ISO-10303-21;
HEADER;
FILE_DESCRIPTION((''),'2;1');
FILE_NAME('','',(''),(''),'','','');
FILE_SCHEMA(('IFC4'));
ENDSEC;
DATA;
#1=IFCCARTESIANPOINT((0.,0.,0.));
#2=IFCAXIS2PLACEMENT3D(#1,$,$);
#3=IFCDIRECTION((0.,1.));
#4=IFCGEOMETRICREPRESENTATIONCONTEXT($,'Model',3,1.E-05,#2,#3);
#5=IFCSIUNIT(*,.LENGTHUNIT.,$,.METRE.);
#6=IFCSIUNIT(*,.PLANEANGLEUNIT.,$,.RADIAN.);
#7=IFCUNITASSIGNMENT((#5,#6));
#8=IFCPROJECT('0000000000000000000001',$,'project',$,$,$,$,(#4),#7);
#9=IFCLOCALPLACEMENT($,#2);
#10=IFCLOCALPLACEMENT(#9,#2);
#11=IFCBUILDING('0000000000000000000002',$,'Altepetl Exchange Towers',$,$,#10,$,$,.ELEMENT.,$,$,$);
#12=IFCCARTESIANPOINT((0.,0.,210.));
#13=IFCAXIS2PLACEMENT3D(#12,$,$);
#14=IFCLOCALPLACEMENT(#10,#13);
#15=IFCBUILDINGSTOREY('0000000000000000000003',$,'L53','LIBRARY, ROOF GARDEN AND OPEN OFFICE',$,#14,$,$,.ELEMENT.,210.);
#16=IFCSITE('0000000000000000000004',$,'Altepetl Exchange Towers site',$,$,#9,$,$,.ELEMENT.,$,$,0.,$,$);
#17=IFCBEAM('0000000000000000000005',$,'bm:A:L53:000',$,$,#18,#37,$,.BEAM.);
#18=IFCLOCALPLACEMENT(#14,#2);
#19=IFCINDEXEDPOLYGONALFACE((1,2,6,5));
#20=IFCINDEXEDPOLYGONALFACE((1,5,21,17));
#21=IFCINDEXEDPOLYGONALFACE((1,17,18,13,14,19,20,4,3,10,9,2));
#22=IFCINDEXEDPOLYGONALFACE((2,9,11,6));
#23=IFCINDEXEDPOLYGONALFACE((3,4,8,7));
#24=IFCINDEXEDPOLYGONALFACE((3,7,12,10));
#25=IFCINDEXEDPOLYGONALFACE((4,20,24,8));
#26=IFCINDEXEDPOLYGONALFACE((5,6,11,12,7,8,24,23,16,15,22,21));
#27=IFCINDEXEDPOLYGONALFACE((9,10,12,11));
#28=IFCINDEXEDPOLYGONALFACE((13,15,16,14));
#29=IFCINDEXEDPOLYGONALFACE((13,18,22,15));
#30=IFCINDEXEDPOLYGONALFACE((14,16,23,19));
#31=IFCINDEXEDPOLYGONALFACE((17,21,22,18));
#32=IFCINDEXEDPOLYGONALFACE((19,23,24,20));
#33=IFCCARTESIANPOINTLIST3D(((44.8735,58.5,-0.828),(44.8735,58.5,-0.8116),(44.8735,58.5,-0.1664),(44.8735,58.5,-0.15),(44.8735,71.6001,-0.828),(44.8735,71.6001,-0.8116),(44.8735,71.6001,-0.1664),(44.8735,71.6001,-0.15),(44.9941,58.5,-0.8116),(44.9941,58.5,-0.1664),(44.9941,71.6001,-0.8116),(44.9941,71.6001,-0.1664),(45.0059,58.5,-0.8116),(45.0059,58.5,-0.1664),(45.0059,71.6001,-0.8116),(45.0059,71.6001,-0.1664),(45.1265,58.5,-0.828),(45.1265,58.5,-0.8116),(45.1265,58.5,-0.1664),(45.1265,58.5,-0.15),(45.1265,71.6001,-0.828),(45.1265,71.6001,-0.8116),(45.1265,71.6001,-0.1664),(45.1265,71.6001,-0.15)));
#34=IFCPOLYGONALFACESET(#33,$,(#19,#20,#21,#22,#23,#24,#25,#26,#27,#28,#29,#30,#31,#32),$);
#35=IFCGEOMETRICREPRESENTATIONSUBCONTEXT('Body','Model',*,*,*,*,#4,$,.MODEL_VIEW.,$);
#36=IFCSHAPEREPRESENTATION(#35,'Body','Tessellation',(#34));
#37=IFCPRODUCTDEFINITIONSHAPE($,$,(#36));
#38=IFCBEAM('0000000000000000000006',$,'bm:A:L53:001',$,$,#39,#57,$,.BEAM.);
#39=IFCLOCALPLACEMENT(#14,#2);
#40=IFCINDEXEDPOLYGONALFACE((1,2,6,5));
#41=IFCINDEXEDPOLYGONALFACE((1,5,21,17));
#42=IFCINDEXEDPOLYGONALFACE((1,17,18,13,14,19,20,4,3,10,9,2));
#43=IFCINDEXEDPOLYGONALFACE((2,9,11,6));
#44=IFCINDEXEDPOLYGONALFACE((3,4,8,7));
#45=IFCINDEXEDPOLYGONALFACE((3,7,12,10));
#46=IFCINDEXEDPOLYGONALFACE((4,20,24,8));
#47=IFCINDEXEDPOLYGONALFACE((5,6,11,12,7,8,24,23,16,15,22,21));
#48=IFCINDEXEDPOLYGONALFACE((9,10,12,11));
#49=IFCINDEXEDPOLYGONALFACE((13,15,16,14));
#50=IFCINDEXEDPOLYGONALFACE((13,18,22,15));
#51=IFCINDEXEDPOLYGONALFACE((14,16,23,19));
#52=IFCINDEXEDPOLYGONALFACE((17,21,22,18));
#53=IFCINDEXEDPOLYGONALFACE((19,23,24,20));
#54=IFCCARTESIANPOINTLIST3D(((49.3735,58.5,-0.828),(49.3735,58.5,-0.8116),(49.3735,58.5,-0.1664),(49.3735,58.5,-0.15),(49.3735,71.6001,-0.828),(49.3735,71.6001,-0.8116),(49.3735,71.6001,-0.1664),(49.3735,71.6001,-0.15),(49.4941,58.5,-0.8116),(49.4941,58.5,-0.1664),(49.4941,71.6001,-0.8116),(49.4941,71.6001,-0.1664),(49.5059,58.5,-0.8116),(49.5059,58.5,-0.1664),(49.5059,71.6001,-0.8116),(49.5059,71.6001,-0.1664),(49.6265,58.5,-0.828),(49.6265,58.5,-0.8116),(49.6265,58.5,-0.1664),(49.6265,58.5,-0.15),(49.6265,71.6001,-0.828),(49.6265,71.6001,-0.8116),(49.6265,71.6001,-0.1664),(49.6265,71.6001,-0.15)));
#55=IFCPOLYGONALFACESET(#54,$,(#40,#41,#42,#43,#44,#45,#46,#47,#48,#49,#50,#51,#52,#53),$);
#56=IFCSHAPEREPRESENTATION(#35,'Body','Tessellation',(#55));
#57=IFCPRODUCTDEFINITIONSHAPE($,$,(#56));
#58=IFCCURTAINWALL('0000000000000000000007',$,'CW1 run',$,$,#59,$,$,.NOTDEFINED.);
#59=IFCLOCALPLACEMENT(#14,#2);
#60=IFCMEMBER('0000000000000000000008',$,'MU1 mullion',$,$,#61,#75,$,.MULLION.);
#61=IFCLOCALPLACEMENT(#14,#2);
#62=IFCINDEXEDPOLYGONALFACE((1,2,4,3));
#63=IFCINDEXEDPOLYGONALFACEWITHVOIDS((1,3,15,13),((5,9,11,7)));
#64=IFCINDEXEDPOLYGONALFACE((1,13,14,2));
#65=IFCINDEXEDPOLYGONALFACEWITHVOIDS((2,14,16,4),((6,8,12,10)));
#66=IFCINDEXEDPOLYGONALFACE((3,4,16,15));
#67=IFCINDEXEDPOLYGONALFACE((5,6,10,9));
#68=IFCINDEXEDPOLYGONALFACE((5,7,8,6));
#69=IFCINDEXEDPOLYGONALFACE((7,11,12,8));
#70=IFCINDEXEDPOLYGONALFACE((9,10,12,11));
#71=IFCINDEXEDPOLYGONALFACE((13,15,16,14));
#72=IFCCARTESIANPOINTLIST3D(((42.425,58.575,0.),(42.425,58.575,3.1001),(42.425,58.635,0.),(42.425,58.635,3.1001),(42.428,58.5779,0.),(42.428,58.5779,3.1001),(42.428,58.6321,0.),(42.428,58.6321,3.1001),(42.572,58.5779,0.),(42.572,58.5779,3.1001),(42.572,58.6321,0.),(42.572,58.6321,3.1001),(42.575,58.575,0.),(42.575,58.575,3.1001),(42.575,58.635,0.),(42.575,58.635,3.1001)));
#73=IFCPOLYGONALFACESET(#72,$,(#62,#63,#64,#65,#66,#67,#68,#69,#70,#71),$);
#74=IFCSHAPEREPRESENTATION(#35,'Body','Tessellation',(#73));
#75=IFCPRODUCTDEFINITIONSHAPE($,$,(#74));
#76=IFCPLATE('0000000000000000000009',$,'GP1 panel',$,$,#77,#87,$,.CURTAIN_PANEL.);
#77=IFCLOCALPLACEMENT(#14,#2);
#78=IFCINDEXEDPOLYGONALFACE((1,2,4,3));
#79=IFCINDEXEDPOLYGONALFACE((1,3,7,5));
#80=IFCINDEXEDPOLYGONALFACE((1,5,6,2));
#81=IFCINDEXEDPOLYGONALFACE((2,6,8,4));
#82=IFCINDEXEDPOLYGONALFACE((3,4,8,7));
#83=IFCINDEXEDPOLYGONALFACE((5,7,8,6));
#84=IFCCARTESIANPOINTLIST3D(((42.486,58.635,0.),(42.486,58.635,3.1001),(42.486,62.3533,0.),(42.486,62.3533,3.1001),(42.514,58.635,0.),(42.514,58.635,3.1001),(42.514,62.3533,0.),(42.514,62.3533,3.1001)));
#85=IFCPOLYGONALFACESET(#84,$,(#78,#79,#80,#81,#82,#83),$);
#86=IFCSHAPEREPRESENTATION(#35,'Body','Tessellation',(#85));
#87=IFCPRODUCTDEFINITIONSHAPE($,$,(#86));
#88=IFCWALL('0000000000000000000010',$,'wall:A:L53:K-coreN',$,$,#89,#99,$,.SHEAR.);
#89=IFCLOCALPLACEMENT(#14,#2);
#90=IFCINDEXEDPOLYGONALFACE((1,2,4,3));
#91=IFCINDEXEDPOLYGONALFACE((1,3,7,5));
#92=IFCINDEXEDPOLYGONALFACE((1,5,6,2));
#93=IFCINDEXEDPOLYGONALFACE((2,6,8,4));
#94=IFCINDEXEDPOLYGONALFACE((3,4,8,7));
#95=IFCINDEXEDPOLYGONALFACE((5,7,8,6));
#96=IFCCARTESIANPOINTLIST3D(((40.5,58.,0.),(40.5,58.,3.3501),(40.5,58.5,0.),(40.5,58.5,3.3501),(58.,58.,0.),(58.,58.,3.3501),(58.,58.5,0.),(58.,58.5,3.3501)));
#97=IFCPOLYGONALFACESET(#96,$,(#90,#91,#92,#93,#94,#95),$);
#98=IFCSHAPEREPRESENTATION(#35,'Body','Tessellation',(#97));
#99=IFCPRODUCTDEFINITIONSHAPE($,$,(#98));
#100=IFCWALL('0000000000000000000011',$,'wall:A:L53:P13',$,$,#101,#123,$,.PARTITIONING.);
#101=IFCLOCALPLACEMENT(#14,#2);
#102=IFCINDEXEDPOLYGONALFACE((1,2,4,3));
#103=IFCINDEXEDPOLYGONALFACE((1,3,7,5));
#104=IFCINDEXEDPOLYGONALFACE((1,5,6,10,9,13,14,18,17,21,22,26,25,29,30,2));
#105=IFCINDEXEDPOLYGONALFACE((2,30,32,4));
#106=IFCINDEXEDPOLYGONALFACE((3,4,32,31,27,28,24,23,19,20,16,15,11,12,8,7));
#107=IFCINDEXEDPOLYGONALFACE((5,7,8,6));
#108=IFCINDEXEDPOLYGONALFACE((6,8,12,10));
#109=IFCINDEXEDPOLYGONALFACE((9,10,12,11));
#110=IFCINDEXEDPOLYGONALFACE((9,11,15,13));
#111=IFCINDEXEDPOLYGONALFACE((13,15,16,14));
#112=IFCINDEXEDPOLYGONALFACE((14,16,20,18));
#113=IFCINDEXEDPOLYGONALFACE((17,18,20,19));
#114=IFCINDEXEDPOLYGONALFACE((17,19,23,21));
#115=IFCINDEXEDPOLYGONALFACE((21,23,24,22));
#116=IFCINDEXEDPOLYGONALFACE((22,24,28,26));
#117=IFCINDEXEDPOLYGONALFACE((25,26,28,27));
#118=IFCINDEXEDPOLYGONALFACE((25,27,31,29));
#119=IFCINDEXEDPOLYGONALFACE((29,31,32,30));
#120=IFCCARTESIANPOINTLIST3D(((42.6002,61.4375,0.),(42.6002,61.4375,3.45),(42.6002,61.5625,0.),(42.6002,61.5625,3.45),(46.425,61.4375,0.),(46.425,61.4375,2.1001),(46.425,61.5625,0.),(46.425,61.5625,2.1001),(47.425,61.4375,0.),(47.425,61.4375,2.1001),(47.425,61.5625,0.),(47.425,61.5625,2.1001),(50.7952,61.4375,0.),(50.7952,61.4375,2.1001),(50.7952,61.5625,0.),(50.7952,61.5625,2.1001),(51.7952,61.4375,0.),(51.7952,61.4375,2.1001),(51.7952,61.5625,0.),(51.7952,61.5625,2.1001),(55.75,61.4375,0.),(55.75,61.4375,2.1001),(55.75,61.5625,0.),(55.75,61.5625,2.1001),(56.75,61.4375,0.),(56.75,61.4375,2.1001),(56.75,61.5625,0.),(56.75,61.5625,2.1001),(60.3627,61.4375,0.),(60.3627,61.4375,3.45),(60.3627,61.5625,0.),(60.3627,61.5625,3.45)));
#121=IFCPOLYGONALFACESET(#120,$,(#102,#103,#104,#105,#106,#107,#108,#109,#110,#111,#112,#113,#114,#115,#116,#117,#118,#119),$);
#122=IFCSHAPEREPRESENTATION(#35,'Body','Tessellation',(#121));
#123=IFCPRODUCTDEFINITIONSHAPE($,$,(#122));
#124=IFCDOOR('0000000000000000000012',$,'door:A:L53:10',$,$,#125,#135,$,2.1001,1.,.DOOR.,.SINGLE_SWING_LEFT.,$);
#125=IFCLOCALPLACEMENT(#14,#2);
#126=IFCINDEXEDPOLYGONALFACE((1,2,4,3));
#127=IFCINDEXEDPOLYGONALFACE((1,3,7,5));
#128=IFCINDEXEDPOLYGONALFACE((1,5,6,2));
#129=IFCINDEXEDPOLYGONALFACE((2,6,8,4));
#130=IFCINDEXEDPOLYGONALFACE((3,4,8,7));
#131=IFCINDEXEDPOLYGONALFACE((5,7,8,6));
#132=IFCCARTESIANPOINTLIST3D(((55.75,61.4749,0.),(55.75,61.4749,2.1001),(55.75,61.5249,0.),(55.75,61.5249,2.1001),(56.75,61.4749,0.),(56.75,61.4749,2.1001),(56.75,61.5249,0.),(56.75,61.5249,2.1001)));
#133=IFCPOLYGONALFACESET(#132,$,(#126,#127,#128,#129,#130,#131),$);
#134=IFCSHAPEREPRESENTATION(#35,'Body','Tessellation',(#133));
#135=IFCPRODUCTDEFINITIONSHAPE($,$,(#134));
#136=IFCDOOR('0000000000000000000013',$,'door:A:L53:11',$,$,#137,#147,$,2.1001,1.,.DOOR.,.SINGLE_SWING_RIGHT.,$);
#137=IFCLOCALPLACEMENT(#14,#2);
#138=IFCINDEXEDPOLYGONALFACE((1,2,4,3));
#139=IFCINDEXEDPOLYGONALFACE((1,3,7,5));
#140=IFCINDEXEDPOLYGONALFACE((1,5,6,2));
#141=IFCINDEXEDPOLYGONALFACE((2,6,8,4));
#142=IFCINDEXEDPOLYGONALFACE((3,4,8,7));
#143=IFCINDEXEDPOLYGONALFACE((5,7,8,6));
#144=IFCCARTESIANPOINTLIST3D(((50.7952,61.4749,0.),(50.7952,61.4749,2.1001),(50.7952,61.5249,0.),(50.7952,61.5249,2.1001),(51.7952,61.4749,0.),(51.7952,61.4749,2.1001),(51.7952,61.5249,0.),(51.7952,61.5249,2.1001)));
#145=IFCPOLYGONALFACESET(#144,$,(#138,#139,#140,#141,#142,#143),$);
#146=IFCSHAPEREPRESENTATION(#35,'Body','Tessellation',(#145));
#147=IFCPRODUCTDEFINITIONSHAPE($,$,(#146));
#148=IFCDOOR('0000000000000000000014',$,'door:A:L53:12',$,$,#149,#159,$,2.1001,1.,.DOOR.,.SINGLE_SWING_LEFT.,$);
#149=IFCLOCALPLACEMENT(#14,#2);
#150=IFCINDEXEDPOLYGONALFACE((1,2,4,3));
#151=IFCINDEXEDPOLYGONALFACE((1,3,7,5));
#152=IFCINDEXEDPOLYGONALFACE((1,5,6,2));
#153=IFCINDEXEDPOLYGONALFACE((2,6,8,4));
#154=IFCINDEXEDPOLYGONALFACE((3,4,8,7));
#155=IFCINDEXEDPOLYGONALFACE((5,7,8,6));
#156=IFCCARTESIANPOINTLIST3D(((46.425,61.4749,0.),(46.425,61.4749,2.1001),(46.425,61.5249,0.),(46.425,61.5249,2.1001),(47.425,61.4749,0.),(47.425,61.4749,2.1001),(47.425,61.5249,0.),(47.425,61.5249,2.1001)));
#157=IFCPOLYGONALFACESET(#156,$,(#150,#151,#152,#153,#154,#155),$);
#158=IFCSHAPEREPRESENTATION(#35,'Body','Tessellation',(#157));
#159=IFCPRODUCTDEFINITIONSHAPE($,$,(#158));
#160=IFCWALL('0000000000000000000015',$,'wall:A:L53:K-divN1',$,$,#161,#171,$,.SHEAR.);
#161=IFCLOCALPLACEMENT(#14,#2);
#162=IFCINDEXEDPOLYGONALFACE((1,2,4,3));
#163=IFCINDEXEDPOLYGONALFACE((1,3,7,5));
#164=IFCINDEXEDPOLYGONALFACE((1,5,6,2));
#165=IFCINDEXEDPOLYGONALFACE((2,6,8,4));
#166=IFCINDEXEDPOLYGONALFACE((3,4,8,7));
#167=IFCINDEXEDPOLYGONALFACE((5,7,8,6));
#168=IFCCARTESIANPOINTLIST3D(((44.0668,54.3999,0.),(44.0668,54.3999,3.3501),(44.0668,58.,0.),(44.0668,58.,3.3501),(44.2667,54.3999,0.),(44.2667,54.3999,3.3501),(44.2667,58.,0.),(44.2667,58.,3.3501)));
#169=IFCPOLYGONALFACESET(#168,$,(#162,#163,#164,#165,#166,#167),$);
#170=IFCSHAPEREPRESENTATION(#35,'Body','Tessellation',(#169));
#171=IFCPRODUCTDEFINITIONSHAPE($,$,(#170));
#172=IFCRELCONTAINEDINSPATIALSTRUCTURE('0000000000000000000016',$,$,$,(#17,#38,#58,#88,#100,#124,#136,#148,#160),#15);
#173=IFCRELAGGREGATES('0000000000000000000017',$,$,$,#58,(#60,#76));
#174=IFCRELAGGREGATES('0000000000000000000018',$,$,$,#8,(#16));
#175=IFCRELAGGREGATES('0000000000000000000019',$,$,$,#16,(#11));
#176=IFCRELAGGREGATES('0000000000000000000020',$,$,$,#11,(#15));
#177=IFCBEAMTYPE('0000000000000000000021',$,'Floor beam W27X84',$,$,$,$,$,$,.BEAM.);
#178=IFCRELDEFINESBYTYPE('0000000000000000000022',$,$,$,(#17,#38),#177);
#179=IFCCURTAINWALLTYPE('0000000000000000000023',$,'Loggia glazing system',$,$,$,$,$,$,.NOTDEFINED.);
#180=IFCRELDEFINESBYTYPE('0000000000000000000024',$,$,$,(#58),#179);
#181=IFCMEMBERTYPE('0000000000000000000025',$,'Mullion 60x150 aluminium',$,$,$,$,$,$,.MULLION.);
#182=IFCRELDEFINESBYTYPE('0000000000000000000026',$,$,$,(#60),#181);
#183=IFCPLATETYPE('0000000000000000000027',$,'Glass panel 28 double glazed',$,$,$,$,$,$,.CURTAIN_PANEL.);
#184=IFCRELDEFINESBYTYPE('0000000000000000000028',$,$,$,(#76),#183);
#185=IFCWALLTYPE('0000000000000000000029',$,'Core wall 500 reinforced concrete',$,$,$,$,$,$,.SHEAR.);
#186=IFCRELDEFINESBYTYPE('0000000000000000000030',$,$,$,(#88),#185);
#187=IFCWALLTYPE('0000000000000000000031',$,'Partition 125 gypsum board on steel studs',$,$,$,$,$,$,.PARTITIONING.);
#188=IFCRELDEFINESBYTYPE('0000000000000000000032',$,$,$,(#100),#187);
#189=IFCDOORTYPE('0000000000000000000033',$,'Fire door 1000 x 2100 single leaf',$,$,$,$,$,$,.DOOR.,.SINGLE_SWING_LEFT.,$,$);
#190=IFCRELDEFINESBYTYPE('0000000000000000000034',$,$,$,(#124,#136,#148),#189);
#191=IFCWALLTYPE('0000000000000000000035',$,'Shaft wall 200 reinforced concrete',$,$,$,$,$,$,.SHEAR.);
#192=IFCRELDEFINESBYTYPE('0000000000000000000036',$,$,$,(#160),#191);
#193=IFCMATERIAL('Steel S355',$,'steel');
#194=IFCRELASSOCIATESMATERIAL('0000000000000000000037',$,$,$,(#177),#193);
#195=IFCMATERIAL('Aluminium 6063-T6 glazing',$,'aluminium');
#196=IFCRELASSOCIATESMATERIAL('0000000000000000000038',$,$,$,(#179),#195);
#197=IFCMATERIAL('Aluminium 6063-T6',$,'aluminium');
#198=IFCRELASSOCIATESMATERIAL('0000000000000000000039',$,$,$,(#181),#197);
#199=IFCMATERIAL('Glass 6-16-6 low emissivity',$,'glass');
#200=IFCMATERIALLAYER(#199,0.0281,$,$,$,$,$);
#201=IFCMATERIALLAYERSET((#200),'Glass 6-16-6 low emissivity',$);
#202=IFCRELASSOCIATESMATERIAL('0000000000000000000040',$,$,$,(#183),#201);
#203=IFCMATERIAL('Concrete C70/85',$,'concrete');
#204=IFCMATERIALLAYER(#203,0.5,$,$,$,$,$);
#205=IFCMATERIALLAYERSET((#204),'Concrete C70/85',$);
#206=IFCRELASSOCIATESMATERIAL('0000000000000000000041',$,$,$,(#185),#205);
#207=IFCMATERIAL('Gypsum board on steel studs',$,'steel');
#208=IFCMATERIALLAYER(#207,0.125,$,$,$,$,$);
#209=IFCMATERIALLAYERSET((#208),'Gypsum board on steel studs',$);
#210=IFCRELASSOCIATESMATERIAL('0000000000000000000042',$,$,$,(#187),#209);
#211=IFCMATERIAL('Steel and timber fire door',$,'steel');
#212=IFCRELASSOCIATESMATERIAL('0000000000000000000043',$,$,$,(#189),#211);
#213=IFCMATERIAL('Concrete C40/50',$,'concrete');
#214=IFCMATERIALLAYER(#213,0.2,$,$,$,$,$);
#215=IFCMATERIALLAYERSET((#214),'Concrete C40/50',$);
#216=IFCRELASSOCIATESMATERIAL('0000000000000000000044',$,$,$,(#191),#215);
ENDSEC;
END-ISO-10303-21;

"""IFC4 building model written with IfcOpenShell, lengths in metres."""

from ifc_helpers import new_model, si_unit, direction, frame, frame_2d, origin, origin_2d, place, context, subcontext, project, spatial, rectangle, hollow_rectangle, i_section, extrude, material, layer, layer_set, material_profile, profile_set, type_object, element, fill, aggregate, save


model = new_model("IFC4")

# Units and contexts
model_context = context("Model", 3, precision=1e-05, world=origin(), true_north=direction((0.0, 1.0)))
body_context = subcontext(model_context, "Body", "Model", "MODEL_VIEW")
ifc_project = project(units=[si_unit("LENGTHUNIT", "METRE"), si_unit("PLANEANGLEUNIT", "RADIAN")], contexts=[model_context])

# Site, building, storey
site_placement = place(None, origin())
site = spatial("IfcSite", under=ifc_project, at=site_placement, Name="Altepetl Exchange Towers site", CompositionType="ELEMENT", RefElevation=0.0)
building_placement = place(site_placement, origin())
building = spatial("IfcBuilding", under=site, at=building_placement, Name="Altepetl Exchange Towers", CompositionType="ELEMENT")
storey_placement = place(building_placement, frame((0.0, 0.0, 210.0)))
storey = spatial("IfcBuildingStorey", under=building, at=storey_placement, Name="L53", Description="LIBRARY, ROOF GARDEN AND OPEN OFFICE", CompositionType="ELEMENT", Elevation=210.0)

# Beams
ifc_material_1 = material(Name="Steel S355", Category="steel")
ifc_material_profile_1 = material_profile(ifc_material_1, i_section(OverallWidth=0.2529, OverallDepth=0.678, WebThickness=0.0117, FlangeThickness=0.0164, at=origin_2d()), Name="W27X84")
ifc_profile_set_1 = profile_set([ifc_material_profile_1], Name="Steel S355")
beam_type = type_object("IfcBeamType", Name="Floor beam W27X84", PredefinedType="BEAM", material=ifc_profile_set_1)
for number, where, z_axis, x_axis, name in (
    (1, (45.0, 58.5, -0.489), (0.0, 1.0, 0.0), (-1.0, 0.0, 0.0), "bm:A:L53:000"),
    (2, (49.5, 58.5, -0.489), (0.0, 1.0, 0.0), (-1.0, 0.0, 0.0), "bm:A:L53:001"),
):
    element("IfcBeam", number, at=place(storey_placement, frame(where, z_axis=z_axis, x_axis=x_axis)), inside=storey, type_object=beam_type, Name=name, PredefinedType="BEAM", context=body_context, shape_type="SweptSolid", body=[
        extrude(i_section(OverallWidth=0.2529, OverallDepth=0.678, WebThickness=0.0117, FlangeThickness=0.0164, at=origin_2d()), origin(), (0.0, 0.0, 1.0), 13.1001),
    ])

# Curtain wall, member, plate
ifc_material_2 = material(Name="Aluminium 6063-T6 glazing", Category="aluminium")
curtain_wall_type = type_object("IfcCurtainWallType", Name="Loggia glazing system", PredefinedType="NOTDEFINED", material=ifc_material_2)
curtain_wall_placement = place(storey_placement, origin())
curtain_wall = element("IfcCurtainWall", 3, at=curtain_wall_placement, inside=storey, type_object=curtain_wall_type, Name="CW1 run", PredefinedType="NOTDEFINED")
ifc_material_3 = material(Name="Aluminium 6063-T6", Category="aluminium")
ifc_material_profile_2 = material_profile(ifc_material_3, hollow_rectangle(XDim=0.0601, YDim=0.1499, WallThickness=0.0029, at=origin_2d()), Name="Mullion 60x150 aluminium")
ifc_profile_set_2 = profile_set([ifc_material_profile_2], Name="Aluminium 6063-T6")
member_type = type_object("IfcMemberType", Name="Mullion 60x150 aluminium", PredefinedType="MULLION", material=ifc_profile_set_2)
member_placement = place(storey_placement, frame((42.5, 58.605, 0.0), z_axis=(0.0, 0.0, 1.0), x_axis=(0.0, -1.0, 0.0)))
member = element("IfcMember", 4, at=member_placement, type_object=member_type, Name="MU1 mullion", PredefinedType="MULLION", context=body_context, shape_type="SweptSolid", body=[
    extrude(hollow_rectangle(XDim=0.0601, YDim=0.1499, WallThickness=0.0029, at=origin_2d()), origin(), (0.0, 0.0, 1.0), 3.1001),
])
ifc_material_4 = material(Name="Glass 6-16-6 low emissivity", Category="glass")
ifc_layer_1 = layer(ifc_material_4, 0.0281)
ifc_layer_set_1 = layer_set([ifc_layer_1], Name="Glass 6-16-6 low emissivity")
plate_type = type_object("IfcPlateType", Name="Glass panel 28 double glazed", PredefinedType="CURTAIN_PANEL", material=ifc_layer_set_1)
plate_placement = place(storey_placement, frame((42.5, 60.4941, 0.0), z_axis=(0.0, 0.0, 1.0), x_axis=(0.0, -1.0, 0.0)))
plate = element("IfcPlate", 5, at=plate_placement, type_object=plate_type, Name="GP1 panel", PredefinedType="CURTAIN_PANEL", context=body_context, shape_type="SweptSolid", body=[
    extrude(rectangle(XDim=3.7183, YDim=0.0281, at=origin_2d()), origin(), (0.0, 0.0, 1.0), 3.1001),
])
aggregate(curtain_wall, [member, plate])

# Wall
ifc_material_5 = material(Name="Concrete C70/85", Category="concrete")
ifc_layer_2 = layer(ifc_material_5, 0.5)
ifc_layer_set_2 = layer_set([ifc_layer_2], Name="Concrete C70/85")
wall_type_1 = type_object("IfcWallType", Name="Core wall 500 reinforced concrete", PredefinedType="SHEAR", material=ifc_layer_set_2)
wall_1_placement = place(storey_placement, frame((40.5, 58.25, 0.0)))
element("IfcWall", 6, at=wall_1_placement, inside=storey, type_object=wall_type_1, Name="wall:A:L53:K-coreN", PredefinedType="SHEAR", context=body_context, shape_type="SweptSolid", body=[
    extrude(rectangle(XDim=17.5, YDim=0.5, at=frame_2d((8.75, 0.0))), origin(), (0.0, 0.0, 1.0), 3.3501),
])

# Wall, openings, doors
ifc_material_6 = material(Name="Gypsum board on steel studs", Category="steel")
ifc_layer_3 = layer(ifc_material_6, 0.125)
ifc_layer_set_3 = layer_set([ifc_layer_3], Name="Gypsum board on steel studs")
wall_type_2 = type_object("IfcWallType", Name="Partition 125 gypsum board on steel studs", PredefinedType="PARTITIONING", material=ifc_layer_set_3)
wall_2_placement = place(storey_placement, frame((42.6001, 61.5, 0.0)))
wall_2 = element("IfcWall", 7, at=wall_2_placement, inside=storey, type_object=wall_type_2, Name="wall:A:L53:P13", PredefinedType="PARTITIONING", context=body_context, shape_type="SweptSolid", body=[
    extrude(rectangle(XDim=17.7625, YDim=0.125, at=frame_2d((8.8813, 0.0))), origin(), (0.0, 0.0, 1.0), 3.45),
])
opening_1_placement = place(wall_2_placement, frame((13.1499, 0.0, 0.0)))
opening_1 = element("IfcOpeningElement", 8, at=opening_1_placement, cuts=wall_2, PredefinedType="OPENING", context=body_context, shape_type="SweptSolid", body=[
    extrude(rectangle(XDim=1.0, YDim=2.1001, at=frame_2d((0.5, 1.05))), frame((0.0, 0.0725, 0.0), z_axis=(0.0, -1.0, 0.0), x_axis=(1.0, 0.0, 0.0)), (0.0, 0.0, 1.0), 0.145),
])
opening_2_placement = place(wall_2_placement, frame((8.1951, 0.0, 0.0)))
opening_2 = element("IfcOpeningElement", 9, at=opening_2_placement, cuts=wall_2, PredefinedType="OPENING", context=body_context, shape_type="SweptSolid", body=[
    extrude(rectangle(XDim=1.0, YDim=2.1001, at=frame_2d((0.5, 1.05))), frame((0.0, 0.0725, 0.0), z_axis=(0.0, -1.0, 0.0), x_axis=(1.0, 0.0, 0.0)), (0.0, 0.0, 1.0), 0.145),
])
opening_3_placement = place(wall_2_placement, frame((3.825, 0.0, 0.0)))
opening_3 = element("IfcOpeningElement", 10, at=opening_3_placement, cuts=wall_2, PredefinedType="OPENING", context=body_context, shape_type="SweptSolid", body=[
    extrude(rectangle(XDim=1.0, YDim=2.1001, at=frame_2d((0.5, 1.05))), frame((0.0, 0.0725, 0.0), z_axis=(0.0, -1.0, 0.0), x_axis=(1.0, 0.0, 0.0)), (0.0, 0.0, 1.0), 0.145),
])
ifc_material_7 = material(Name="Steel and timber fire door", Category="steel")
door_type_1 = type_object("IfcDoorType", Name="Fire door 1000 x 2100 single leaf", OperationType="SINGLE_SWING_LEFT", PredefinedType="DOOR", material=ifc_material_7)
door_1_placement = place(opening_1_placement, origin())
door_1 = element("IfcDoor", 11, at=door_1_placement, inside=storey, type_object=door_type_1, Name="door:A:L53:10", OperationType="SINGLE_SWING_LEFT", OverallHeight=2.1001, OverallWidth=1.0, PredefinedType="DOOR", context=body_context, shape_type="SweptSolid", body=[
    extrude(rectangle(XDim=1.0, YDim=2.1001, at=frame_2d((0.5, 1.05))), frame((0.0, 0.0249, 0.0), z_axis=(0.0, -1.0, 0.0), x_axis=(1.0, 0.0, 0.0)), (0.0, 0.0, 1.0), 0.05),
])
fill(opening_1, door_1)
door_2_placement = place(opening_2_placement, origin())
door_2 = element("IfcDoor", 12, at=door_2_placement, inside=storey, type_object=door_type_1, Name="door:A:L53:11", OperationType="SINGLE_SWING_RIGHT", OverallHeight=2.1001, OverallWidth=1.0, PredefinedType="DOOR", context=body_context, shape_type="SweptSolid", body=[
    extrude(rectangle(XDim=1.0, YDim=2.1001, at=frame_2d((0.5, 1.05))), frame((0.0, 0.0249, 0.0), z_axis=(0.0, -1.0, 0.0), x_axis=(1.0, 0.0, 0.0)), (0.0, 0.0, 1.0), 0.05),
])
fill(opening_2, door_2)
door_3_placement = place(opening_3_placement, origin())
door_3 = element("IfcDoor", 13, at=door_3_placement, inside=storey, type_object=door_type_1, Name="door:A:L53:12", OperationType="SINGLE_SWING_LEFT", OverallHeight=2.1001, OverallWidth=1.0, PredefinedType="DOOR", context=body_context, shape_type="SweptSolid", body=[
    extrude(rectangle(XDim=1.0, YDim=2.1001, at=frame_2d((0.5, 1.05))), frame((0.0, 0.0249, 0.0), z_axis=(0.0, -1.0, 0.0), x_axis=(1.0, 0.0, 0.0)), (0.0, 0.0, 1.0), 0.05),
])
fill(opening_3, door_3)

# Wall
ifc_material_8 = material(Name="Concrete C40/50", Category="concrete")
ifc_layer_4 = layer(ifc_material_8, 0.2)
ifc_layer_set_4 = layer_set([ifc_layer_4], Name="Concrete C40/50")
wall_type_3 = type_object("IfcWallType", Name="Shaft wall 200 reinforced concrete", PredefinedType="SHEAR", material=ifc_layer_set_4)
wall_3_placement = place(storey_placement, frame((44.1667, 58.0, 0.0), z_axis=(0.0, 0.0, 1.0), x_axis=(0.0, -1.0, 0.0)))
element("IfcWall", 14, at=wall_3_placement, inside=storey, type_object=wall_type_3, Name="wall:A:L53:K-divN1", PredefinedType="SHEAR", context=body_context, shape_type="SweptSolid", body=[
    extrude(rectangle(XDim=3.6001, YDim=0.2, at=frame_2d((1.8, 0.0))), origin(), (0.0, 0.0, 1.0), 3.3501),
])

save(model, "model.ifc")
